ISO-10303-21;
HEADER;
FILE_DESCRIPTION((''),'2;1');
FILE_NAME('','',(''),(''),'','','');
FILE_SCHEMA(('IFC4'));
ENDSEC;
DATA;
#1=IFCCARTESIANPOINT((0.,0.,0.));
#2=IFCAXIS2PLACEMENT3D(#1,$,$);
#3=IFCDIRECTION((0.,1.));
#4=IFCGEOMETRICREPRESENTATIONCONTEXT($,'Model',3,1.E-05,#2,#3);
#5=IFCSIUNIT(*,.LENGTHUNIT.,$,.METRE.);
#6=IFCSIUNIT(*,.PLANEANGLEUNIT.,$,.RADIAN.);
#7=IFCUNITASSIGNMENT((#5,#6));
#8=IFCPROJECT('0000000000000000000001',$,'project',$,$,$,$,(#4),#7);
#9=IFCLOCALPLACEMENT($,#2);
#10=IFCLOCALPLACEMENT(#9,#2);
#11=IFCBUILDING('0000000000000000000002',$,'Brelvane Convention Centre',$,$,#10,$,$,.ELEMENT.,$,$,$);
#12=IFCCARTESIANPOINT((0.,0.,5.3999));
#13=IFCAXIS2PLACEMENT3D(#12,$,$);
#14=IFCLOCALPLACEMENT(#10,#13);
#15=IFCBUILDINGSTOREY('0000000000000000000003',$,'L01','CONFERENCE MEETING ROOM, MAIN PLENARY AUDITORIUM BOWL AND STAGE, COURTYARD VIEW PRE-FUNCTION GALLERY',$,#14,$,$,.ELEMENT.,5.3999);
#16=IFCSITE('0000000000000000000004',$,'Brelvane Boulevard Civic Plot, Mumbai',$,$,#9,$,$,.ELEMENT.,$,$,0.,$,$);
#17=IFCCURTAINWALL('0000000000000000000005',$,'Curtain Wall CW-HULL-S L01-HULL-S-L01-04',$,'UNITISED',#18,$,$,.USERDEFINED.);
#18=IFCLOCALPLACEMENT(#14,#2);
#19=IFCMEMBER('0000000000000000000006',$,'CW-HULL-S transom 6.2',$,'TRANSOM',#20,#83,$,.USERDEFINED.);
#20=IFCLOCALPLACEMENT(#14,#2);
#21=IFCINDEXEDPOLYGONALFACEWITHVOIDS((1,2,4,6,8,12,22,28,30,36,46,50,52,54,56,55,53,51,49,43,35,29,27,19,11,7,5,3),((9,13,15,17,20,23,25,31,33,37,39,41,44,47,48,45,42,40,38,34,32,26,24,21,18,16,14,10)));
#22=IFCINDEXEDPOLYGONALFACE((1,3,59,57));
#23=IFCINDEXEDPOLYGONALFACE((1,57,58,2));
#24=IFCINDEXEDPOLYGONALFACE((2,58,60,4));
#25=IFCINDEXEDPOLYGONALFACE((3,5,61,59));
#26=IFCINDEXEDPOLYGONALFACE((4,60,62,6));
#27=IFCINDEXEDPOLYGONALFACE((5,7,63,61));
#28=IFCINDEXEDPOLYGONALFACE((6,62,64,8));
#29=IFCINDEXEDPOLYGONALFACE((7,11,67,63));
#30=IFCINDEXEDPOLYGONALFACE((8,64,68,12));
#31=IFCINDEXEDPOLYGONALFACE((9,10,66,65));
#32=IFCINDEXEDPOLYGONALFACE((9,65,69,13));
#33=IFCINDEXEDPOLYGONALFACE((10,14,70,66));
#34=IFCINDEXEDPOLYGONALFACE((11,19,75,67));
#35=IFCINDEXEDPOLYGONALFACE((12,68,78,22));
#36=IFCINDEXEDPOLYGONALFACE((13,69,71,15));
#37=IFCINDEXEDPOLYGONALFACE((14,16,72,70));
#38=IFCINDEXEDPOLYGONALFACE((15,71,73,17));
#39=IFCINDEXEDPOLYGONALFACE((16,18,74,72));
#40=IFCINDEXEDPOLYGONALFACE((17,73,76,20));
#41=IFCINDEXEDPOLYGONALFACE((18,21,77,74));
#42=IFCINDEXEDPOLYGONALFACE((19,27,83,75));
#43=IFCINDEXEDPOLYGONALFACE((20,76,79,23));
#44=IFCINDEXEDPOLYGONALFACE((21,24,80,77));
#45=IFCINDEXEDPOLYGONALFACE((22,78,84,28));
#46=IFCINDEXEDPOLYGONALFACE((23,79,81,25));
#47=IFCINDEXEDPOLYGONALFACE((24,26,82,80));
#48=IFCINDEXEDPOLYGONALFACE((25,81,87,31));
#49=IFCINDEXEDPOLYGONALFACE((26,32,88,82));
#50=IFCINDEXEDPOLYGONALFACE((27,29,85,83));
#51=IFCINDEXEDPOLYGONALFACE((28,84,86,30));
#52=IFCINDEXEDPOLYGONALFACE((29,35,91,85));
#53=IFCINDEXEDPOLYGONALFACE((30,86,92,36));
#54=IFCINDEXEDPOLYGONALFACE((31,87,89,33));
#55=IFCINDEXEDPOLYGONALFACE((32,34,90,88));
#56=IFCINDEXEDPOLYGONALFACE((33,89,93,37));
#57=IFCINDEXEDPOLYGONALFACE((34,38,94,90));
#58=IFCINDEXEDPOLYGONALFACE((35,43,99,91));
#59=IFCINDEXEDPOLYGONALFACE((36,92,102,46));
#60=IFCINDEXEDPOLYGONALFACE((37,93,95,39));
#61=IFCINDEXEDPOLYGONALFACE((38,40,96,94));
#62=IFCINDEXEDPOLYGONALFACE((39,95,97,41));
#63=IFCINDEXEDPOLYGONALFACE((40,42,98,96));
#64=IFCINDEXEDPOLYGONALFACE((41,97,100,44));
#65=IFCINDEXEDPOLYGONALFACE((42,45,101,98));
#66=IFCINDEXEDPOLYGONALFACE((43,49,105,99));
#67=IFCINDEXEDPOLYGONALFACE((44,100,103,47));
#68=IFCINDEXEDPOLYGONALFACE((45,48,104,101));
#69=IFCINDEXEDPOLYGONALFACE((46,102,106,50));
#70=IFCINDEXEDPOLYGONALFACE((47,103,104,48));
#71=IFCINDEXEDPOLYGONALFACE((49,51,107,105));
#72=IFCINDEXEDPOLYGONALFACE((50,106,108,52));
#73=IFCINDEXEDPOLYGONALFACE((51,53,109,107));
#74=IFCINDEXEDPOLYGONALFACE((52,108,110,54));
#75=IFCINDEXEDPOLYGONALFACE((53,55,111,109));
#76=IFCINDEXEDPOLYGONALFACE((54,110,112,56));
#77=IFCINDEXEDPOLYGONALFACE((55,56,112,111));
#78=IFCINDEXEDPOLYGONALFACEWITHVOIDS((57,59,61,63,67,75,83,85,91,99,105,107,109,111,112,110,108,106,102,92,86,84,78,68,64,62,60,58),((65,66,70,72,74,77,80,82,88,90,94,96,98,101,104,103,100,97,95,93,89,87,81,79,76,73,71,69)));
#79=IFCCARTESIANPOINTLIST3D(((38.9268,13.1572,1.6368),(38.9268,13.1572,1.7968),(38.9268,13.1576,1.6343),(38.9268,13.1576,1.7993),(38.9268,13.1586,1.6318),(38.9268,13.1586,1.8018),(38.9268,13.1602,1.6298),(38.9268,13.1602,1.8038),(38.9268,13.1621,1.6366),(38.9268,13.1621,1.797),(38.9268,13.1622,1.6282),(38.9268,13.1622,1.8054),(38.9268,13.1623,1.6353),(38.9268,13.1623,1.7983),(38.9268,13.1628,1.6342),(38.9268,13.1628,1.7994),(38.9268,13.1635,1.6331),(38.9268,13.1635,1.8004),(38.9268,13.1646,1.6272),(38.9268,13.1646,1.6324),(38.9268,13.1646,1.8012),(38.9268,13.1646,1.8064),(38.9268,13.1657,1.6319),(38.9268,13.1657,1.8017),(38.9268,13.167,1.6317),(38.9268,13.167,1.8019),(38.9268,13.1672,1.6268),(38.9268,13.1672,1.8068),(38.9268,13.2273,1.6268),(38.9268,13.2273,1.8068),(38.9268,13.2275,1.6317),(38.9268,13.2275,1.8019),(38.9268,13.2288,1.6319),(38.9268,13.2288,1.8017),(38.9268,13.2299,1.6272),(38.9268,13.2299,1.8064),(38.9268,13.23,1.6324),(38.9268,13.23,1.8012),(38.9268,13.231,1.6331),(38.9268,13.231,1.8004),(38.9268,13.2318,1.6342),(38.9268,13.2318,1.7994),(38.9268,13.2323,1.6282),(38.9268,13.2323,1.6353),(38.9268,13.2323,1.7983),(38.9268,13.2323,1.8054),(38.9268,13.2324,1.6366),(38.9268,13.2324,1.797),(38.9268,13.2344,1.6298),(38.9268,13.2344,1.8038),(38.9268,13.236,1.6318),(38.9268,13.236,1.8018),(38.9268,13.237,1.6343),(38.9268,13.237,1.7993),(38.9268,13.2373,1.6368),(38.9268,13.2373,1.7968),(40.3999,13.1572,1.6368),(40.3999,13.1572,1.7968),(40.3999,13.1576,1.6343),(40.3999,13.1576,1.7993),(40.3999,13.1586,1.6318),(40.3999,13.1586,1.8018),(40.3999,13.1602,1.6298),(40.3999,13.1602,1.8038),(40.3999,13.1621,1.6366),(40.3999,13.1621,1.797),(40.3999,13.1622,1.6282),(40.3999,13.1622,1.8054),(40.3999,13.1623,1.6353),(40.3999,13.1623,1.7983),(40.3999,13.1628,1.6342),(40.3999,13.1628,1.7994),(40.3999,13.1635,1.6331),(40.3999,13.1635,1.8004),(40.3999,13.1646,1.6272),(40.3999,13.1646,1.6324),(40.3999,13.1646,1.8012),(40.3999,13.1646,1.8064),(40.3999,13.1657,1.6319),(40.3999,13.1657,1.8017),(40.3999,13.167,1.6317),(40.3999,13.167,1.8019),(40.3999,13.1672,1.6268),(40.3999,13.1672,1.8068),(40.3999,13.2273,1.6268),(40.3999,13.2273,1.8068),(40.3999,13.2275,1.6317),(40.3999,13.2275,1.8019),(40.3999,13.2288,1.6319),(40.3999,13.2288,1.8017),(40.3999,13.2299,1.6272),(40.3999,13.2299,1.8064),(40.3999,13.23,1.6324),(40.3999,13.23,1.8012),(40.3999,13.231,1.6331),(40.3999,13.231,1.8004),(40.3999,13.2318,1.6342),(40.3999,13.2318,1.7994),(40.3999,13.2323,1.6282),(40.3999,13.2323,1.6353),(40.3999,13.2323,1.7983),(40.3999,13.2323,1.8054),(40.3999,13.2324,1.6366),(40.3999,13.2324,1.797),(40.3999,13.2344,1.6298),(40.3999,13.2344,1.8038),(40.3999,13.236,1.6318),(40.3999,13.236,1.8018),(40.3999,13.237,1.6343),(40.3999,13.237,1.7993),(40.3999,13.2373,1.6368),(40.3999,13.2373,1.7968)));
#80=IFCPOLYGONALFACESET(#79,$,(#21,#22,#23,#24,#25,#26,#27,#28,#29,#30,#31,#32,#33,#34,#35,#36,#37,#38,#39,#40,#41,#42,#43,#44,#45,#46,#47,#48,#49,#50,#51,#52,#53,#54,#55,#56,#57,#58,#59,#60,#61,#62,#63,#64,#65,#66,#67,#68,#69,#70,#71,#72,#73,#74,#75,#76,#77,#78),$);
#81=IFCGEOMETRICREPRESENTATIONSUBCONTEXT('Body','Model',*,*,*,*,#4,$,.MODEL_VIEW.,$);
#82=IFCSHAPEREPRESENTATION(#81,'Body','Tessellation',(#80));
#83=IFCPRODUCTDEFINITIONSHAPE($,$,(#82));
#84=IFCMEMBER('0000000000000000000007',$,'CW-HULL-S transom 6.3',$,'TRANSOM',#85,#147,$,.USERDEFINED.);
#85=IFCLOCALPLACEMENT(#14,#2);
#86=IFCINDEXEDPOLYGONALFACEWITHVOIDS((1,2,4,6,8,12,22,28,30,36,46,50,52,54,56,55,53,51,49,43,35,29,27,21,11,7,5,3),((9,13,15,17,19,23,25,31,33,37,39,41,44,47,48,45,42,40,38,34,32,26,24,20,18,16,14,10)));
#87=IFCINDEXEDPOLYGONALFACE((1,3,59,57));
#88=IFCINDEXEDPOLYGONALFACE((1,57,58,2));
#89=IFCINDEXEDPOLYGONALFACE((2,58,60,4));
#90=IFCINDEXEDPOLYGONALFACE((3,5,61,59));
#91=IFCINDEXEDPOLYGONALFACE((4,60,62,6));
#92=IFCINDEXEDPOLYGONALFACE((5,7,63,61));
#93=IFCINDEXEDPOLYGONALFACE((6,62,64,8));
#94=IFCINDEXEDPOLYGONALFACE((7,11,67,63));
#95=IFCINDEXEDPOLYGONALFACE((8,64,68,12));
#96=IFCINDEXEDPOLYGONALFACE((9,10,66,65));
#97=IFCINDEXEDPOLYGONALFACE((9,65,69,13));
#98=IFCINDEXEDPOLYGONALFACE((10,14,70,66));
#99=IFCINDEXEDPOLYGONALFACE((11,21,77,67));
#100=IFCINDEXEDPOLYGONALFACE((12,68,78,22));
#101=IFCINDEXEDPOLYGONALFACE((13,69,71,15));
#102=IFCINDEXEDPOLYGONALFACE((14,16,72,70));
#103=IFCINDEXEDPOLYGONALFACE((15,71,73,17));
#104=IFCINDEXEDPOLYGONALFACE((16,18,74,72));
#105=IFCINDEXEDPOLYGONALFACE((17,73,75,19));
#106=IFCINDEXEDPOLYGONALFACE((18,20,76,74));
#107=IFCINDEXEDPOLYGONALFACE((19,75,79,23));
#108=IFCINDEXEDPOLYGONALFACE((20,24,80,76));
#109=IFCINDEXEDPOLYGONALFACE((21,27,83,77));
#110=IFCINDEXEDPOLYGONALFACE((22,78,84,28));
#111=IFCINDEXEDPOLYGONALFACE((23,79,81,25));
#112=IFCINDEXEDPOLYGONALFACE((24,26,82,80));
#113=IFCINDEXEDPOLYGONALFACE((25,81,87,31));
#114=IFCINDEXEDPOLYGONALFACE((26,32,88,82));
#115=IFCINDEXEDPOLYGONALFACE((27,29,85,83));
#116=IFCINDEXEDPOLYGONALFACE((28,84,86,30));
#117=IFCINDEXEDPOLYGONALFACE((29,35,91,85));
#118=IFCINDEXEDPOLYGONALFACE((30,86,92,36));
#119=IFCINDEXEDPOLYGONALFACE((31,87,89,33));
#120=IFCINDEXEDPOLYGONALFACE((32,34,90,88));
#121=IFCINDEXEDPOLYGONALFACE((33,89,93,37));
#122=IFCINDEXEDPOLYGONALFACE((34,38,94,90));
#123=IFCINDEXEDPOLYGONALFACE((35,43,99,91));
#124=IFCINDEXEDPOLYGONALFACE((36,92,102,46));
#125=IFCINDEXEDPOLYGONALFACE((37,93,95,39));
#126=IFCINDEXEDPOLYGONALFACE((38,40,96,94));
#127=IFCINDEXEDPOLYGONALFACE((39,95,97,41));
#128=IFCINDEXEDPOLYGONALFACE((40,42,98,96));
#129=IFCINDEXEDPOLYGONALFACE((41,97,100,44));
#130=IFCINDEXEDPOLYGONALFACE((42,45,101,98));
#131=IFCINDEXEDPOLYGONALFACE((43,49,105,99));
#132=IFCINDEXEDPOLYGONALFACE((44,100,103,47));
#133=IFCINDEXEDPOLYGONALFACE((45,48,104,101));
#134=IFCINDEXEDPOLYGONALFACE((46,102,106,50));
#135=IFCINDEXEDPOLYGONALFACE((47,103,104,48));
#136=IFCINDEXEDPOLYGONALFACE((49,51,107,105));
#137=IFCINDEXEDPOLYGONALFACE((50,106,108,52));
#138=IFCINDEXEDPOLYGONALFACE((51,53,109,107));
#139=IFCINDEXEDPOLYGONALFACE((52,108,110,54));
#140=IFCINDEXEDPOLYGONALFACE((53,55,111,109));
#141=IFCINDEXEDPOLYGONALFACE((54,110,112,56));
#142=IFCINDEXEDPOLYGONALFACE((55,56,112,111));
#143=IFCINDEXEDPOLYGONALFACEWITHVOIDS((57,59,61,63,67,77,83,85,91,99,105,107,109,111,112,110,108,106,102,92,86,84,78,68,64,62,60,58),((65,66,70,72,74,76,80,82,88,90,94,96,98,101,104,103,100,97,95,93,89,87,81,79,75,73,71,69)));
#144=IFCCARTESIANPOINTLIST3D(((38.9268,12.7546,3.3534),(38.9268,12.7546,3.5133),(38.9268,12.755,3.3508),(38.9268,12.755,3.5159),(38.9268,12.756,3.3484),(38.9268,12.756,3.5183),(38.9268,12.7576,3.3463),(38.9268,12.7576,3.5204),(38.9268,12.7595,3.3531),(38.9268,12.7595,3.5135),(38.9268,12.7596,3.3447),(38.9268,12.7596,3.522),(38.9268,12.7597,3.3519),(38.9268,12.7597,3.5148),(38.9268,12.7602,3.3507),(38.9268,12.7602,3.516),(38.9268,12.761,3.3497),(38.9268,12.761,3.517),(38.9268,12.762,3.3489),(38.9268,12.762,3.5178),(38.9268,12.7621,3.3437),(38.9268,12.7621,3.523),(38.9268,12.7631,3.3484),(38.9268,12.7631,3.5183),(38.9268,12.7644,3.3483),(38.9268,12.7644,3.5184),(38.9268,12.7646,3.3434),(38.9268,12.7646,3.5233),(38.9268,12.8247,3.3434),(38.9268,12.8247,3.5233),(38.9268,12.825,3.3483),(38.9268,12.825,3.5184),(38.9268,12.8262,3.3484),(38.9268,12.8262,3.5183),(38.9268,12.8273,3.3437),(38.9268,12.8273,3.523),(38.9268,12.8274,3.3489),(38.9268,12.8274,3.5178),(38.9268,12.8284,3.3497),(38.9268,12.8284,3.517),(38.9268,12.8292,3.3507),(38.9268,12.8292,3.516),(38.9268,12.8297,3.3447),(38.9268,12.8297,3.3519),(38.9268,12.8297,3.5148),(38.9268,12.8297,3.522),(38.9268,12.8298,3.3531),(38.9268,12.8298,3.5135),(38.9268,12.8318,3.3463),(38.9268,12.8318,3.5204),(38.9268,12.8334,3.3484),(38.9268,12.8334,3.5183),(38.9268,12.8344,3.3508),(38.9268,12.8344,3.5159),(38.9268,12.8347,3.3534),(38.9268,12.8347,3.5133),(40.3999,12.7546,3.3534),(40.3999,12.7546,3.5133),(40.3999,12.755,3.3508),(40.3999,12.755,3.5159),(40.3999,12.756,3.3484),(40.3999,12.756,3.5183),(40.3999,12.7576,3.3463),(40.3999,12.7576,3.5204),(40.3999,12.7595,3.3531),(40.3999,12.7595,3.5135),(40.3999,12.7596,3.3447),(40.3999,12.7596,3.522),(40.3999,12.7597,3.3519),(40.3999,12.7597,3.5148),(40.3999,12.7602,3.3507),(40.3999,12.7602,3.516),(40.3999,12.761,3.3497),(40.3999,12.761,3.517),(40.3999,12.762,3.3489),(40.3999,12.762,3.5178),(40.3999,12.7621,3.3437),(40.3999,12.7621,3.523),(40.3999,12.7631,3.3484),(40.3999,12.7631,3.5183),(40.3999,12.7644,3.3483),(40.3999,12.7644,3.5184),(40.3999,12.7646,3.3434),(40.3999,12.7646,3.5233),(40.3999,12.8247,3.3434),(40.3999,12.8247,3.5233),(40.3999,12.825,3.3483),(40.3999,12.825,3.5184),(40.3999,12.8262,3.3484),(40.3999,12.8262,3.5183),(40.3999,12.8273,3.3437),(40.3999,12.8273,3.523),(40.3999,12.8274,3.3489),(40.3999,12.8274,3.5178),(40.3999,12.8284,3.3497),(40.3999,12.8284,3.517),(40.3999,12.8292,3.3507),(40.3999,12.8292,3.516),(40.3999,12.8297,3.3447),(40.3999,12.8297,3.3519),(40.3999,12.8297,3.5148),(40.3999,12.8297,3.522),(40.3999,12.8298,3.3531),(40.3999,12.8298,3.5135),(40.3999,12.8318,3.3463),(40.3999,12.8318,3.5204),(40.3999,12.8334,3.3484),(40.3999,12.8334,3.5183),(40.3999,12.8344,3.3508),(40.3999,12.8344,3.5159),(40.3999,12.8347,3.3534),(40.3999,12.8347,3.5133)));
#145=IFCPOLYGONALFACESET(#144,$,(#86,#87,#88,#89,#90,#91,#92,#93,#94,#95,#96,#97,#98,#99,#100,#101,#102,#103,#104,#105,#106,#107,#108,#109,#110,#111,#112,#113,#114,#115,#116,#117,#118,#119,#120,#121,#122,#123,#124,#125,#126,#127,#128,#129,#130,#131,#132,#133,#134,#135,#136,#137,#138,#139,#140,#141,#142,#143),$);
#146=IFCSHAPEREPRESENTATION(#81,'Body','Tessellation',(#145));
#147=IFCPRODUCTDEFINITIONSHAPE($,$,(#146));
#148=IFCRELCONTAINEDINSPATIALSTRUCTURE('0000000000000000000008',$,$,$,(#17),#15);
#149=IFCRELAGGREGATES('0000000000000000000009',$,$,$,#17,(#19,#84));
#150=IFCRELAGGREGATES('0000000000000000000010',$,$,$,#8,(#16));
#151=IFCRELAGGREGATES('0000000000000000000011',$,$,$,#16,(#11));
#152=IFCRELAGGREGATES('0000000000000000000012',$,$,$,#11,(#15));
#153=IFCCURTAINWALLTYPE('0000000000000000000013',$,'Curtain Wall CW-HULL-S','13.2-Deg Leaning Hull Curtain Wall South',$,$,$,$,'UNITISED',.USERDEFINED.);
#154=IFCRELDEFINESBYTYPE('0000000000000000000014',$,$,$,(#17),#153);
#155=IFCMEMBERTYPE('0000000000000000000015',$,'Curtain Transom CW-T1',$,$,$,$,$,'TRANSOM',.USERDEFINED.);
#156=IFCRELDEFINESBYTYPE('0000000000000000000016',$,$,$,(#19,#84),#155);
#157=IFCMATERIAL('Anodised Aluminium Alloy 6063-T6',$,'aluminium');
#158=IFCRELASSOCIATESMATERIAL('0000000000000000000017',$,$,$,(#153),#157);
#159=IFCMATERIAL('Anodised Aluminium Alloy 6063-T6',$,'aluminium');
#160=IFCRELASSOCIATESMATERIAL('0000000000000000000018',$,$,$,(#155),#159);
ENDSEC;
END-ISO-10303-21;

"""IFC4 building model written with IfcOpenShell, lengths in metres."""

from ifc_helpers import new_model, si_unit, direction, frame, origin, origin_2d, place, context, subcontext, project, spatial, hollow_rectangle, extrude, material, material_profile, profile_set, type_object, element, aggregate, save


model = new_model("IFC4")

# Units and contexts
model_context = context("Model", 3, precision=1e-05, world=origin(), true_north=direction((0.0, 1.0)))
body_context = subcontext(model_context, "Body", "Model", "MODEL_VIEW")
ifc_project = project(units=[si_unit("LENGTHUNIT", "METRE"), si_unit("PLANEANGLEUNIT", "RADIAN")], contexts=[model_context])

# Site, building, storey
site_placement = place(None, origin())
site = spatial("IfcSite", under=ifc_project, at=site_placement, Name="Brelvane Boulevard Civic Plot, Mumbai", CompositionType="ELEMENT", RefElevation=0.0)
building_placement = place(site_placement, origin())
building = spatial("IfcBuilding", under=site, at=building_placement, Name="Brelvane Convention Centre", CompositionType="ELEMENT")
storey_placement = place(building_placement, frame((0.0, 0.0, 5.3999)))
storey = spatial("IfcBuildingStorey", under=building, at=storey_placement, Name="L01", Description="CONFERENCE MEETING ROOM, MAIN PLENARY AUDITORIUM BOWL AND STAGE, COURTYARD VIEW PRE-FUNCTION GALLERY", CompositionType="ELEMENT", Elevation=5.3999)

# Curtain wall, members
ifc_material_1 = material(Name="Anodised Aluminium Alloy 6063-T6", Category="aluminium")
curtain_wall_type = type_object("IfcCurtainWallType", Name="Curtain Wall CW-HULL-S", Description="13.2-Deg Leaning Hull Curtain Wall South", ElementType="UNITISED", PredefinedType="USERDEFINED", material=ifc_material_1)
curtain_wall_1_placement = place(storey_placement, origin())
curtain_wall_1 = element("IfcCurtainWall", 1, at=curtain_wall_1_placement, inside=storey, type_object=curtain_wall_type, Name="Curtain Wall CW-HULL-S L01-HULL-S-L01-04", ObjectType="UNITISED", PredefinedType="USERDEFINED")
ifc_material_2 = material(Name="Anodised Aluminium Alloy 6063-T6", Category="aluminium")
ifc_material_profile = material_profile(ifc_material_2, hollow_rectangle(XDim=0.0801, YDim=0.1799, WallThickness=0.0049, InnerFilletRadius=0.0049, OuterFilletRadius=0.01, at=origin_2d()), Name="ALU-T 180x80x5.0")
ifc_profile_set = profile_set([ifc_material_profile], Name="Anodised Aluminium Alloy 6063-T6")
member_type = type_object("IfcMemberType", Name="Curtain Transom CW-T1", ElementType="TRANSOM", PredefinedType="USERDEFINED", material=ifc_profile_set)
member_1_placement = place(storey_placement, frame((38.9268, 13.1973, 1.7168), z_axis=(1.0, 0.0, 0.0), x_axis=(0.0, 1.0, 0.0)))
member_1 = element("IfcMember", 2, at=member_1_placement, type_object=member_type, Name="CW-HULL-S transom 6.2", ObjectType="TRANSOM", PredefinedType="USERDEFINED", context=body_context, shape_type="SweptSolid", body=[
    extrude(hollow_rectangle(XDim=0.0801, YDim=0.1799, WallThickness=0.0049, InnerFilletRadius=0.0049, OuterFilletRadius=0.01, at=origin_2d()), origin(), (0.0, 0.0, 1.0), 1.4731),
])
member_2_placement = place(storey_placement, frame((38.9268, 12.7947, 3.4333), z_axis=(1.0, 0.0, 0.0), x_axis=(0.0, 1.0, 0.0)))
member_2 = element("IfcMember", 3, at=member_2_placement, type_object=member_type, Name="CW-HULL-S transom 6.3", ObjectType="TRANSOM", PredefinedType="USERDEFINED", context=body_context, shape_type="SweptSolid", body=[
    extrude(hollow_rectangle(XDim=0.0801, YDim=0.1799, WallThickness=0.0049, InnerFilletRadius=0.0049, OuterFilletRadius=0.01, at=origin_2d()), origin(), (0.0, 0.0, 1.0), 1.4731),
])

aggregate(curtain_wall_1, [member_1, member_2])

save(model, "model.ifc")
